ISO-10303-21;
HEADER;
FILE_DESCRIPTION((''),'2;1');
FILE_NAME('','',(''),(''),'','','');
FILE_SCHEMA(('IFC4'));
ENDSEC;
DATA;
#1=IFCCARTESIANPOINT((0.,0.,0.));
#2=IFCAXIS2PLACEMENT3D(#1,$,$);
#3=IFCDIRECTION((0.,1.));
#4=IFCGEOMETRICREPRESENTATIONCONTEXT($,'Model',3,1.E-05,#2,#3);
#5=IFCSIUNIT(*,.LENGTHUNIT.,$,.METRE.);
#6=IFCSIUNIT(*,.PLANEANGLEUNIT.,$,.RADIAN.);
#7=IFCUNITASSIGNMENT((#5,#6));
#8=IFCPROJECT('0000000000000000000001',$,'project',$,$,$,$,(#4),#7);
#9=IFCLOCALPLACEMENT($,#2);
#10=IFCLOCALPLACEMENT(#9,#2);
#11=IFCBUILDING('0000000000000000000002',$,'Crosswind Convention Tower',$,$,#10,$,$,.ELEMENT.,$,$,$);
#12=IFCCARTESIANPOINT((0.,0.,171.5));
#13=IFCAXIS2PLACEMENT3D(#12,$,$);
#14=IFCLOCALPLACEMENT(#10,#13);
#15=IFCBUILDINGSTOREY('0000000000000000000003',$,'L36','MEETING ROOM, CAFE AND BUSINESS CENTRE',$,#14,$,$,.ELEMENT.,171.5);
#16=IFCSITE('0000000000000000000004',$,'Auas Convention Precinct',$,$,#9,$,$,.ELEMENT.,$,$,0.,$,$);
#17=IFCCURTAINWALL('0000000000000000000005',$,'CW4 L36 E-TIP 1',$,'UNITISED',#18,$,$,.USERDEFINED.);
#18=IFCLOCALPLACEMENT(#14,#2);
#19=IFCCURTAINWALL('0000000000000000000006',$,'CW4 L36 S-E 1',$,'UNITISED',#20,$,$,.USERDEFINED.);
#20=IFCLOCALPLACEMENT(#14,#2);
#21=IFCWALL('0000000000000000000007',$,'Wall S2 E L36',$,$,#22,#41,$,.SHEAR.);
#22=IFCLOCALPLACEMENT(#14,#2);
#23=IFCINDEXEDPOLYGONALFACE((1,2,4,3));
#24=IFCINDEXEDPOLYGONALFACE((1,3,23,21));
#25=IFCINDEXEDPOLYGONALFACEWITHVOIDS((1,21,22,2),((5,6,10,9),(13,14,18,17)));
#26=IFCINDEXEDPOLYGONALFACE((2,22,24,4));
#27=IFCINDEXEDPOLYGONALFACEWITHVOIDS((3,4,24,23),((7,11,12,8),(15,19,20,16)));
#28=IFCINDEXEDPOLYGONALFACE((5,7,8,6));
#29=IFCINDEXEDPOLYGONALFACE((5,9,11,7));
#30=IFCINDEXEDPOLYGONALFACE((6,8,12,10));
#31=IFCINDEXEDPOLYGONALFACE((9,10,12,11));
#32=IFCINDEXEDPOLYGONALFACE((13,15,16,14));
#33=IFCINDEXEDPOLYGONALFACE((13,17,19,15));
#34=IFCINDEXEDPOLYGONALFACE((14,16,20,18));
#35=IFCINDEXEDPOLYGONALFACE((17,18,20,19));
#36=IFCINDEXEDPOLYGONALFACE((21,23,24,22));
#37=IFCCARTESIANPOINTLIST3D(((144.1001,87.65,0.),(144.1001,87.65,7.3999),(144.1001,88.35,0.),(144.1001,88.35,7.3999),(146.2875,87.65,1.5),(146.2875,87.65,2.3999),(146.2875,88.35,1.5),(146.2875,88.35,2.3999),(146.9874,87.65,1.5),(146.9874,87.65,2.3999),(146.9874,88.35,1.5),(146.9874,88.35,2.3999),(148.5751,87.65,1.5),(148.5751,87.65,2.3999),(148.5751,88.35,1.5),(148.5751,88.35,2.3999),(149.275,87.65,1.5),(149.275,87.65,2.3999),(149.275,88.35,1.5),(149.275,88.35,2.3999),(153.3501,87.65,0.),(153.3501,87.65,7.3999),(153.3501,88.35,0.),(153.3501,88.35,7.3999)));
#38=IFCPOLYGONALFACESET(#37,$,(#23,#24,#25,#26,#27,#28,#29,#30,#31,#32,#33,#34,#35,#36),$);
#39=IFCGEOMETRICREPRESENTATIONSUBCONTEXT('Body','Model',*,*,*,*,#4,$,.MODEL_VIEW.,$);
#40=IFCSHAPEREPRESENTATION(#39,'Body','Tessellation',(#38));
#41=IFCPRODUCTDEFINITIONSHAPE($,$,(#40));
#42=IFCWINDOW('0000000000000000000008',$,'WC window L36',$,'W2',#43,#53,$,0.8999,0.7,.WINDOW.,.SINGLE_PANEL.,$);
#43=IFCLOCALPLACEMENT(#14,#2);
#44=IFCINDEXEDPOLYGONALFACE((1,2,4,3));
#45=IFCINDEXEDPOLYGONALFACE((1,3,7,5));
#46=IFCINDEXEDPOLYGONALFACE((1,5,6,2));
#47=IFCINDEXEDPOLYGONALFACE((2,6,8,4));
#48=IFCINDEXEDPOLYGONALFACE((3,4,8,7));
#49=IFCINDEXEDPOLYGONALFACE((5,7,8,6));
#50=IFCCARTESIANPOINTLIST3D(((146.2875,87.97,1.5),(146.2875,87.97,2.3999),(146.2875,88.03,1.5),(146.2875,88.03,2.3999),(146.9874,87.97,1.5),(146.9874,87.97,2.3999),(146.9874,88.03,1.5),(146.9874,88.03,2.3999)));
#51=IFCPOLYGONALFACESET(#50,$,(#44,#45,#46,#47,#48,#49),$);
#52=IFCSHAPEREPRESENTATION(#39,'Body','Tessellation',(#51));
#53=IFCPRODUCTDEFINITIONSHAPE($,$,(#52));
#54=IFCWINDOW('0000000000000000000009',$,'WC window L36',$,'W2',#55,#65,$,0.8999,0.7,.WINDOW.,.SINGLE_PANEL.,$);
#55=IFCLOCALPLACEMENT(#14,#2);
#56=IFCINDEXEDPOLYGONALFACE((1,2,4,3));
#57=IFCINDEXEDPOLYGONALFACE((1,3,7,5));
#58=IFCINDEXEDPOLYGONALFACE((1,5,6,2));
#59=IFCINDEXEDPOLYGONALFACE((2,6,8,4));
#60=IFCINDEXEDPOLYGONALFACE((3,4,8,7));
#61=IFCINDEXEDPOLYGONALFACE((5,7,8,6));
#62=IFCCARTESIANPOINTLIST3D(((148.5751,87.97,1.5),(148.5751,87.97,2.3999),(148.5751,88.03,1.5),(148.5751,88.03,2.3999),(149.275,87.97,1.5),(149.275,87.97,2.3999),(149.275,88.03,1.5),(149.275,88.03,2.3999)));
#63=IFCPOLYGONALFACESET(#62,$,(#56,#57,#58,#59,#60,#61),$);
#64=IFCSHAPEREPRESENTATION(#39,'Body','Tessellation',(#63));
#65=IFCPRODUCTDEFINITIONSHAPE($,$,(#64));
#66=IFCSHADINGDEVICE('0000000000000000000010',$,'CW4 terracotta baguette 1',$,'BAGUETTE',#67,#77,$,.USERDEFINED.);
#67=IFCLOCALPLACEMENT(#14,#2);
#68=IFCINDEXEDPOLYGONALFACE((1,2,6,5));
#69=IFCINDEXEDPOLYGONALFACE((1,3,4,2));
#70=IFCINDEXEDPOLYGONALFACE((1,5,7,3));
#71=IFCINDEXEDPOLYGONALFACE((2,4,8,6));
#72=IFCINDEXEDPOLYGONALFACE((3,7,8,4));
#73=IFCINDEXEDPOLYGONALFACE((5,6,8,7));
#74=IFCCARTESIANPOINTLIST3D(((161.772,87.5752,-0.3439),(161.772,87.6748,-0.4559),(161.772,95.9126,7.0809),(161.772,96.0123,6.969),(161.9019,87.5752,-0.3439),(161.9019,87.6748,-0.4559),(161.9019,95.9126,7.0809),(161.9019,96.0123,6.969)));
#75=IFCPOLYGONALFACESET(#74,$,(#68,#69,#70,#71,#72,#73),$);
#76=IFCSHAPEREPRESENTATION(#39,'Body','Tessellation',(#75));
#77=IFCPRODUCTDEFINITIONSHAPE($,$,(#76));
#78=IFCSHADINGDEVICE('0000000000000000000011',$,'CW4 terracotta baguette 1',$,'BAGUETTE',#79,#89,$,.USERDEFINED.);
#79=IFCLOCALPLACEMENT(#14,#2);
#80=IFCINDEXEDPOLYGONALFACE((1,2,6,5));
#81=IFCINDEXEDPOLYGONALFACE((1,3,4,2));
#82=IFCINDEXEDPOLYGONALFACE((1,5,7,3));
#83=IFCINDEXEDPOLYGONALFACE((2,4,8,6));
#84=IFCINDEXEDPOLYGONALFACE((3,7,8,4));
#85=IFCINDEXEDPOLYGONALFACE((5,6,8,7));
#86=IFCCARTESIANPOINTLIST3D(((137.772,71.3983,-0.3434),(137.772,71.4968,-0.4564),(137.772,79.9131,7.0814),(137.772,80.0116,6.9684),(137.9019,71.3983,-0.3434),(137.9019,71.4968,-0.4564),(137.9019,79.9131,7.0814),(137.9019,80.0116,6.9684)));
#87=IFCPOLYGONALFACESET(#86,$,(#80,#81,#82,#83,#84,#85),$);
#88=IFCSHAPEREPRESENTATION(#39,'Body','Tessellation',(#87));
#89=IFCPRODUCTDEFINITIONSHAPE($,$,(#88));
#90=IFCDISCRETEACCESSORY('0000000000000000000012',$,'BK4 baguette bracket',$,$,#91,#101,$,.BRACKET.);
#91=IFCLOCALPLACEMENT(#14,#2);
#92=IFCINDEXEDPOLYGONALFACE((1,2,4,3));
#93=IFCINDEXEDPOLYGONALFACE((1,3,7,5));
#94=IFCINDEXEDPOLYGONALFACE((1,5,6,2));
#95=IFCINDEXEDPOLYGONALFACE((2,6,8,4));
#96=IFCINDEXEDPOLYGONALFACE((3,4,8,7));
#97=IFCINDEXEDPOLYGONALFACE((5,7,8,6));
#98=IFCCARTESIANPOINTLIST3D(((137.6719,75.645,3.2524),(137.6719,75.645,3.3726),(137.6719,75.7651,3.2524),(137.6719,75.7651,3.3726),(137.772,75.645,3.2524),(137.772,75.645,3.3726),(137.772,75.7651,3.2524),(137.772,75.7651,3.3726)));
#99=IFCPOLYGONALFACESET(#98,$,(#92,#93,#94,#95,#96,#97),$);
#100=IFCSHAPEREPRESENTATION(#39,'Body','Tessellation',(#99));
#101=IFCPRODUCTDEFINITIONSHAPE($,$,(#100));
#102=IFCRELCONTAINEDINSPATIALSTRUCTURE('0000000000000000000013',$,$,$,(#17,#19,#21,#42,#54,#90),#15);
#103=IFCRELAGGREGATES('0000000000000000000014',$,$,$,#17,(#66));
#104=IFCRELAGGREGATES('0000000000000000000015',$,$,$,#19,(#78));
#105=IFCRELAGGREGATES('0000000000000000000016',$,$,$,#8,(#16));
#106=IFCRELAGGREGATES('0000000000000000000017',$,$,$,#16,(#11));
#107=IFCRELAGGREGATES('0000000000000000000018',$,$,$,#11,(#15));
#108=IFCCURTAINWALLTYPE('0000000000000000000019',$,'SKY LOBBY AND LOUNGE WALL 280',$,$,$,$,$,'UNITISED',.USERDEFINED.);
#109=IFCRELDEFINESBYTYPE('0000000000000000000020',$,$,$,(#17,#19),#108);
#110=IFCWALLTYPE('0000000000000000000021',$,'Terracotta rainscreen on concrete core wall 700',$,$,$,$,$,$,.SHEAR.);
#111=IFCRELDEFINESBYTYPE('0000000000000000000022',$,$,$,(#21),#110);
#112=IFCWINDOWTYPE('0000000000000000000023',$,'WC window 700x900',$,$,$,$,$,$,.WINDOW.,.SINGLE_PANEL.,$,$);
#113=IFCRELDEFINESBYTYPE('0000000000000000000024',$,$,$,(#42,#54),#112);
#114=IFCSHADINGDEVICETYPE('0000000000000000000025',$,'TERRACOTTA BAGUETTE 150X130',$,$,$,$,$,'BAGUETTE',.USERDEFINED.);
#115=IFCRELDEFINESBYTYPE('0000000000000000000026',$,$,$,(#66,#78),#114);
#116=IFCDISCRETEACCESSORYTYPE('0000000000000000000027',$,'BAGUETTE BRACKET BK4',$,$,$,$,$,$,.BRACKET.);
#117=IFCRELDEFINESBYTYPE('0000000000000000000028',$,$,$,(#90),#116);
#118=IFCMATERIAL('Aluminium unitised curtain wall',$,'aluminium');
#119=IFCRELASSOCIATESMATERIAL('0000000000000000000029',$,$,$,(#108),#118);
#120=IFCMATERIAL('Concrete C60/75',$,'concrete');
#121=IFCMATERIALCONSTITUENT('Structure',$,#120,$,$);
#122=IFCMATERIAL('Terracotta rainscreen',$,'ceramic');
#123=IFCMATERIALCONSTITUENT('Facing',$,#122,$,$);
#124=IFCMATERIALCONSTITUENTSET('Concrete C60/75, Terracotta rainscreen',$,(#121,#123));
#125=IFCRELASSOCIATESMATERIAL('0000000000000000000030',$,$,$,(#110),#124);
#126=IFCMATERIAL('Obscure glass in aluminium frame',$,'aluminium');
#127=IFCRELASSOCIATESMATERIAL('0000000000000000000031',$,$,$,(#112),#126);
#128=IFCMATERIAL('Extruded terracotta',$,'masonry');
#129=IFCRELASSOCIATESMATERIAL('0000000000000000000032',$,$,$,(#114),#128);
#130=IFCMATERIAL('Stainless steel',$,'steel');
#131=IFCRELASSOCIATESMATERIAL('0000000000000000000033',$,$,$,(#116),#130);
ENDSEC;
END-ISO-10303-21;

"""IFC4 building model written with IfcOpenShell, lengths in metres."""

from ifc_helpers import new_model, si_unit, direction, frame, frame_2d, origin, origin_2d, place, context, subcontext, project, spatial, rectangle, extrude, material, constituent, constituent_set, material_profile, profile_set, type_object, element, fill, aggregate, save


model = new_model("IFC4")

# Units and contexts
model_context = context("Model", 3, precision=1e-05, world=origin(), true_north=direction((0.0, 1.0)))
body_context = subcontext(model_context, "Body", "Model", "MODEL_VIEW")
ifc_project = project(units=[si_unit("LENGTHUNIT", "METRE"), si_unit("PLANEANGLEUNIT", "RADIAN")], contexts=[model_context])

# Site, building, storey
site_placement = place(None, origin())
site = spatial("IfcSite", under=ifc_project, at=site_placement, Name="Auas Convention Precinct", CompositionType="ELEMENT", RefElevation=0.0)
building_placement = place(site_placement, origin())
building = spatial("IfcBuilding", under=site, at=building_placement, Name="Crosswind Convention Tower", CompositionType="ELEMENT")
storey_placement = place(building_placement, frame((0.0, 0.0, 171.5)))
storey = spatial("IfcBuildingStorey", under=building, at=storey_placement, Name="L36", Description="MEETING ROOM, CAFE AND BUSINESS CENTRE", CompositionType="ELEMENT", Elevation=171.5)

# Shared definitions
ifc_material_1 = material(Name="Concrete C60/75", Category="concrete")

# Shared definitions
ifc_material_2 = material(Name="Aluminium unitised curtain wall", Category="aluminium")

# Curtain walls
curtain_wall_type_1 = type_object("IfcCurtainWallType", Name="SKY LOBBY AND LOUNGE WALL 280", ElementType="UNITISED", PredefinedType="USERDEFINED", material=ifc_material_2)
curtain_wall_1_placement = place(storey_placement, origin())
curtain_wall_1 = element("IfcCurtainWall", 1, at=curtain_wall_1_placement, inside=storey, type_object=curtain_wall_type_1, Name="CW4 L36 E-TIP 1", ObjectType="UNITISED", PredefinedType="USERDEFINED")
curtain_wall_2_placement = place(storey_placement, origin())
curtain_wall_2 = element("IfcCurtainWall", 2, at=curtain_wall_2_placement, inside=storey, type_object=curtain_wall_type_1, Name="CW4 L36 S-E 1", ObjectType="UNITISED", PredefinedType="USERDEFINED")

# Wall, openings, windows
ifc_constituent_1 = constituent(ifc_material_1, Name="Structure")
ifc_material_3 = material(Name="Terracotta rainscreen", Category="ceramic")
ifc_constituent_2 = constituent(ifc_material_3, Name="Facing")
ifc_constituent_set = constituent_set(constituents=[ifc_constituent_1, ifc_constituent_2], Name="Concrete C60/75, Terracotta rainscreen")
wall_type_1 = type_object("IfcWallType", Name="Terracotta rainscreen on concrete core wall 700", PredefinedType="SHEAR", material=ifc_constituent_set)
wall_1_placement = place(storey_placement, frame((144.1001, 88.0, 0.0), z_axis=(0.0, 0.0, 1.0), x_axis=(1.0, 0.0, 0.0)))
wall_1 = element("IfcWall", 3, at=wall_1_placement, inside=storey, type_object=wall_type_1, Name="Wall S2 E L36", PredefinedType="SHEAR", context=body_context, shape_type="SweptSolid", body=[
    extrude(rectangle(XDim=9.25, YDim=0.7, at=frame_2d((4.625, 0.0))), origin(), (0.0, 0.0, 1.0), 7.3999),
])
opening_1_placement = place(wall_1_placement, frame((2.1873, 0.0, 1.5)))
opening_1 = element("IfcOpeningElement", 4, at=opening_1_placement, cuts=wall_1, PredefinedType="OPENING", context=body_context, shape_type="SweptSolid", body=[
    extrude(rectangle(XDim=0.7, YDim=0.8999, at=frame_2d((0.3501, 0.45))), frame((0.0, 0.3599, 0.0), z_axis=(0.0, -1.0, 0.0), x_axis=(1.0, 0.0, 0.0)), (0.0, 0.0, 1.0), 0.72),
])
opening_2_placement = place(wall_1_placement, frame((4.4749, 0.0, 1.5)))
opening_2 = element("IfcOpeningElement", 5, at=opening_2_placement, cuts=wall_1, PredefinedType="OPENING", context=body_context, shape_type="SweptSolid", body=[
    extrude(rectangle(XDim=0.7, YDim=0.8999, at=frame_2d((0.3501, 0.45))), frame((0.0, 0.3599, 0.0), z_axis=(0.0, -1.0, 0.0), x_axis=(1.0, 0.0, 0.0)), (0.0, 0.0, 1.0), 0.72),
])
ifc_material_4 = material(Name="Obscure glass in aluminium frame", Category="aluminium")
window_type = type_object("IfcWindowType", Name="WC window 700x900", PartitioningType="SINGLE_PANEL", PredefinedType="WINDOW", material=ifc_material_4)
window_1_placement = place(opening_1_placement, origin())
window_1 = element("IfcWindow", 6, at=window_1_placement, inside=storey, type_object=window_type, Name="WC window L36", ObjectType="W2", OverallHeight=0.8999, OverallWidth=0.7, PartitioningType="SINGLE_PANEL", PredefinedType="WINDOW", context=body_context, shape_type="SweptSolid", body=[
    extrude(rectangle(XDim=0.7, YDim=0.8999, at=frame_2d((0.3501, 0.45))), frame((0.0, 0.03, 0.0), z_axis=(0.0, -1.0, 0.0), x_axis=(1.0, 0.0, 0.0)), (0.0, 0.0, 1.0), 0.0601),
])
fill(opening_1, window_1)
window_2_placement = place(opening_2_placement, origin())
window_2 = element("IfcWindow", 7, at=window_2_placement, inside=storey, type_object=window_type, Name="WC window L36", ObjectType="W2", OverallHeight=0.8999, OverallWidth=0.7, PartitioningType="SINGLE_PANEL", PredefinedType="WINDOW", context=body_context, shape_type="SweptSolid", body=[
    extrude(rectangle(XDim=0.7, YDim=0.8999, at=frame_2d((0.3501, 0.45))), frame((0.0, 0.03, 0.0), z_axis=(0.0, -1.0, 0.0), x_axis=(1.0, 0.0, 0.0)), (0.0, 0.0, 1.0), 0.0601),
])
fill(opening_2, window_2)

# Shading devices
ifc_material_5 = material(Name="Extruded terracotta", Category="masonry")
ifc_material_profile_1 = material_profile(ifc_material_5, rectangle(XDim=0.1299, YDim=0.1499, at=origin_2d()), Name="TC 130X150")
ifc_profile_set_1 = profile_set([ifc_material_profile_1], Name="Extruded terracotta")
shading_device_type = type_object("IfcShadingDeviceType", Name="TERRACOTTA BAGUETTE 150X130", ElementType="BAGUETTE", PredefinedType="USERDEFINED", material=ifc_profile_set_1)
shading_device_1_placement = place(storey_placement, frame((161.8369, 87.625, -0.3999), z_axis=(0.0, 0.746796, 0.665053), x_axis=(-1.0, 0.0, 0.0)))
shading_device_1 = element("IfcShadingDevice", 8, at=shading_device_1_placement, type_object=shading_device_type, Name="CW4 terracotta baguette 1", ObjectType="BAGUETTE", PredefinedType="USERDEFINED", context=body_context, shape_type="SweptSolid", body=[
    extrude(rectangle(XDim=0.1299, YDim=0.1499, at=origin_2d()), origin(), (0.0, 0.0, 1.0), 11.1643),
])
aggregate(curtain_wall_1, [shading_device_1])
shading_device_2_placement = place(storey_placement, frame((137.8369, 71.4475, -0.3999), z_axis=(0.0, 0.753704, 0.657214), x_axis=(-1.0, 0.0, 0.0)))
shading_device_2 = element("IfcShadingDevice", 9, at=shading_device_2_placement, type_object=shading_device_type, Name="CW4 terracotta baguette 1", ObjectType="BAGUETTE", PredefinedType="USERDEFINED", context=body_context, shape_type="SweptSolid", body=[
    extrude(rectangle(XDim=0.1299, YDim=0.1499, at=origin_2d()), origin(), (0.0, 0.0, 1.0), 11.2974),
])
aggregate(curtain_wall_2, [shading_device_2])

# Discrete accessory
ifc_material_6 = material(Name="Stainless steel", Category="steel")
discrete_accessory_type = type_object("IfcDiscreteAccessoryType", Name="BAGUETTE BRACKET BK4", PredefinedType="BRACKET", material=ifc_material_6)
discrete_accessory_placement = place(storey_placement, frame((137.7219, 75.7051, 3.2524), z_axis=(0.0, 0.0, 1.0), x_axis=(0.0, 1.0, 0.0)))
element("IfcDiscreteAccessory", 10, at=discrete_accessory_placement, inside=storey, type_object=discrete_accessory_type, Name="BK4 baguette bracket", PredefinedType="BRACKET", context=body_context, shape_type="SweptSolid", body=[
    extrude(rectangle(XDim=0.1201, YDim=0.1001, at=origin_2d()), origin(), (0.0, 0.0, 1.0), 0.1201),
])

save(model, "model.ifc")
